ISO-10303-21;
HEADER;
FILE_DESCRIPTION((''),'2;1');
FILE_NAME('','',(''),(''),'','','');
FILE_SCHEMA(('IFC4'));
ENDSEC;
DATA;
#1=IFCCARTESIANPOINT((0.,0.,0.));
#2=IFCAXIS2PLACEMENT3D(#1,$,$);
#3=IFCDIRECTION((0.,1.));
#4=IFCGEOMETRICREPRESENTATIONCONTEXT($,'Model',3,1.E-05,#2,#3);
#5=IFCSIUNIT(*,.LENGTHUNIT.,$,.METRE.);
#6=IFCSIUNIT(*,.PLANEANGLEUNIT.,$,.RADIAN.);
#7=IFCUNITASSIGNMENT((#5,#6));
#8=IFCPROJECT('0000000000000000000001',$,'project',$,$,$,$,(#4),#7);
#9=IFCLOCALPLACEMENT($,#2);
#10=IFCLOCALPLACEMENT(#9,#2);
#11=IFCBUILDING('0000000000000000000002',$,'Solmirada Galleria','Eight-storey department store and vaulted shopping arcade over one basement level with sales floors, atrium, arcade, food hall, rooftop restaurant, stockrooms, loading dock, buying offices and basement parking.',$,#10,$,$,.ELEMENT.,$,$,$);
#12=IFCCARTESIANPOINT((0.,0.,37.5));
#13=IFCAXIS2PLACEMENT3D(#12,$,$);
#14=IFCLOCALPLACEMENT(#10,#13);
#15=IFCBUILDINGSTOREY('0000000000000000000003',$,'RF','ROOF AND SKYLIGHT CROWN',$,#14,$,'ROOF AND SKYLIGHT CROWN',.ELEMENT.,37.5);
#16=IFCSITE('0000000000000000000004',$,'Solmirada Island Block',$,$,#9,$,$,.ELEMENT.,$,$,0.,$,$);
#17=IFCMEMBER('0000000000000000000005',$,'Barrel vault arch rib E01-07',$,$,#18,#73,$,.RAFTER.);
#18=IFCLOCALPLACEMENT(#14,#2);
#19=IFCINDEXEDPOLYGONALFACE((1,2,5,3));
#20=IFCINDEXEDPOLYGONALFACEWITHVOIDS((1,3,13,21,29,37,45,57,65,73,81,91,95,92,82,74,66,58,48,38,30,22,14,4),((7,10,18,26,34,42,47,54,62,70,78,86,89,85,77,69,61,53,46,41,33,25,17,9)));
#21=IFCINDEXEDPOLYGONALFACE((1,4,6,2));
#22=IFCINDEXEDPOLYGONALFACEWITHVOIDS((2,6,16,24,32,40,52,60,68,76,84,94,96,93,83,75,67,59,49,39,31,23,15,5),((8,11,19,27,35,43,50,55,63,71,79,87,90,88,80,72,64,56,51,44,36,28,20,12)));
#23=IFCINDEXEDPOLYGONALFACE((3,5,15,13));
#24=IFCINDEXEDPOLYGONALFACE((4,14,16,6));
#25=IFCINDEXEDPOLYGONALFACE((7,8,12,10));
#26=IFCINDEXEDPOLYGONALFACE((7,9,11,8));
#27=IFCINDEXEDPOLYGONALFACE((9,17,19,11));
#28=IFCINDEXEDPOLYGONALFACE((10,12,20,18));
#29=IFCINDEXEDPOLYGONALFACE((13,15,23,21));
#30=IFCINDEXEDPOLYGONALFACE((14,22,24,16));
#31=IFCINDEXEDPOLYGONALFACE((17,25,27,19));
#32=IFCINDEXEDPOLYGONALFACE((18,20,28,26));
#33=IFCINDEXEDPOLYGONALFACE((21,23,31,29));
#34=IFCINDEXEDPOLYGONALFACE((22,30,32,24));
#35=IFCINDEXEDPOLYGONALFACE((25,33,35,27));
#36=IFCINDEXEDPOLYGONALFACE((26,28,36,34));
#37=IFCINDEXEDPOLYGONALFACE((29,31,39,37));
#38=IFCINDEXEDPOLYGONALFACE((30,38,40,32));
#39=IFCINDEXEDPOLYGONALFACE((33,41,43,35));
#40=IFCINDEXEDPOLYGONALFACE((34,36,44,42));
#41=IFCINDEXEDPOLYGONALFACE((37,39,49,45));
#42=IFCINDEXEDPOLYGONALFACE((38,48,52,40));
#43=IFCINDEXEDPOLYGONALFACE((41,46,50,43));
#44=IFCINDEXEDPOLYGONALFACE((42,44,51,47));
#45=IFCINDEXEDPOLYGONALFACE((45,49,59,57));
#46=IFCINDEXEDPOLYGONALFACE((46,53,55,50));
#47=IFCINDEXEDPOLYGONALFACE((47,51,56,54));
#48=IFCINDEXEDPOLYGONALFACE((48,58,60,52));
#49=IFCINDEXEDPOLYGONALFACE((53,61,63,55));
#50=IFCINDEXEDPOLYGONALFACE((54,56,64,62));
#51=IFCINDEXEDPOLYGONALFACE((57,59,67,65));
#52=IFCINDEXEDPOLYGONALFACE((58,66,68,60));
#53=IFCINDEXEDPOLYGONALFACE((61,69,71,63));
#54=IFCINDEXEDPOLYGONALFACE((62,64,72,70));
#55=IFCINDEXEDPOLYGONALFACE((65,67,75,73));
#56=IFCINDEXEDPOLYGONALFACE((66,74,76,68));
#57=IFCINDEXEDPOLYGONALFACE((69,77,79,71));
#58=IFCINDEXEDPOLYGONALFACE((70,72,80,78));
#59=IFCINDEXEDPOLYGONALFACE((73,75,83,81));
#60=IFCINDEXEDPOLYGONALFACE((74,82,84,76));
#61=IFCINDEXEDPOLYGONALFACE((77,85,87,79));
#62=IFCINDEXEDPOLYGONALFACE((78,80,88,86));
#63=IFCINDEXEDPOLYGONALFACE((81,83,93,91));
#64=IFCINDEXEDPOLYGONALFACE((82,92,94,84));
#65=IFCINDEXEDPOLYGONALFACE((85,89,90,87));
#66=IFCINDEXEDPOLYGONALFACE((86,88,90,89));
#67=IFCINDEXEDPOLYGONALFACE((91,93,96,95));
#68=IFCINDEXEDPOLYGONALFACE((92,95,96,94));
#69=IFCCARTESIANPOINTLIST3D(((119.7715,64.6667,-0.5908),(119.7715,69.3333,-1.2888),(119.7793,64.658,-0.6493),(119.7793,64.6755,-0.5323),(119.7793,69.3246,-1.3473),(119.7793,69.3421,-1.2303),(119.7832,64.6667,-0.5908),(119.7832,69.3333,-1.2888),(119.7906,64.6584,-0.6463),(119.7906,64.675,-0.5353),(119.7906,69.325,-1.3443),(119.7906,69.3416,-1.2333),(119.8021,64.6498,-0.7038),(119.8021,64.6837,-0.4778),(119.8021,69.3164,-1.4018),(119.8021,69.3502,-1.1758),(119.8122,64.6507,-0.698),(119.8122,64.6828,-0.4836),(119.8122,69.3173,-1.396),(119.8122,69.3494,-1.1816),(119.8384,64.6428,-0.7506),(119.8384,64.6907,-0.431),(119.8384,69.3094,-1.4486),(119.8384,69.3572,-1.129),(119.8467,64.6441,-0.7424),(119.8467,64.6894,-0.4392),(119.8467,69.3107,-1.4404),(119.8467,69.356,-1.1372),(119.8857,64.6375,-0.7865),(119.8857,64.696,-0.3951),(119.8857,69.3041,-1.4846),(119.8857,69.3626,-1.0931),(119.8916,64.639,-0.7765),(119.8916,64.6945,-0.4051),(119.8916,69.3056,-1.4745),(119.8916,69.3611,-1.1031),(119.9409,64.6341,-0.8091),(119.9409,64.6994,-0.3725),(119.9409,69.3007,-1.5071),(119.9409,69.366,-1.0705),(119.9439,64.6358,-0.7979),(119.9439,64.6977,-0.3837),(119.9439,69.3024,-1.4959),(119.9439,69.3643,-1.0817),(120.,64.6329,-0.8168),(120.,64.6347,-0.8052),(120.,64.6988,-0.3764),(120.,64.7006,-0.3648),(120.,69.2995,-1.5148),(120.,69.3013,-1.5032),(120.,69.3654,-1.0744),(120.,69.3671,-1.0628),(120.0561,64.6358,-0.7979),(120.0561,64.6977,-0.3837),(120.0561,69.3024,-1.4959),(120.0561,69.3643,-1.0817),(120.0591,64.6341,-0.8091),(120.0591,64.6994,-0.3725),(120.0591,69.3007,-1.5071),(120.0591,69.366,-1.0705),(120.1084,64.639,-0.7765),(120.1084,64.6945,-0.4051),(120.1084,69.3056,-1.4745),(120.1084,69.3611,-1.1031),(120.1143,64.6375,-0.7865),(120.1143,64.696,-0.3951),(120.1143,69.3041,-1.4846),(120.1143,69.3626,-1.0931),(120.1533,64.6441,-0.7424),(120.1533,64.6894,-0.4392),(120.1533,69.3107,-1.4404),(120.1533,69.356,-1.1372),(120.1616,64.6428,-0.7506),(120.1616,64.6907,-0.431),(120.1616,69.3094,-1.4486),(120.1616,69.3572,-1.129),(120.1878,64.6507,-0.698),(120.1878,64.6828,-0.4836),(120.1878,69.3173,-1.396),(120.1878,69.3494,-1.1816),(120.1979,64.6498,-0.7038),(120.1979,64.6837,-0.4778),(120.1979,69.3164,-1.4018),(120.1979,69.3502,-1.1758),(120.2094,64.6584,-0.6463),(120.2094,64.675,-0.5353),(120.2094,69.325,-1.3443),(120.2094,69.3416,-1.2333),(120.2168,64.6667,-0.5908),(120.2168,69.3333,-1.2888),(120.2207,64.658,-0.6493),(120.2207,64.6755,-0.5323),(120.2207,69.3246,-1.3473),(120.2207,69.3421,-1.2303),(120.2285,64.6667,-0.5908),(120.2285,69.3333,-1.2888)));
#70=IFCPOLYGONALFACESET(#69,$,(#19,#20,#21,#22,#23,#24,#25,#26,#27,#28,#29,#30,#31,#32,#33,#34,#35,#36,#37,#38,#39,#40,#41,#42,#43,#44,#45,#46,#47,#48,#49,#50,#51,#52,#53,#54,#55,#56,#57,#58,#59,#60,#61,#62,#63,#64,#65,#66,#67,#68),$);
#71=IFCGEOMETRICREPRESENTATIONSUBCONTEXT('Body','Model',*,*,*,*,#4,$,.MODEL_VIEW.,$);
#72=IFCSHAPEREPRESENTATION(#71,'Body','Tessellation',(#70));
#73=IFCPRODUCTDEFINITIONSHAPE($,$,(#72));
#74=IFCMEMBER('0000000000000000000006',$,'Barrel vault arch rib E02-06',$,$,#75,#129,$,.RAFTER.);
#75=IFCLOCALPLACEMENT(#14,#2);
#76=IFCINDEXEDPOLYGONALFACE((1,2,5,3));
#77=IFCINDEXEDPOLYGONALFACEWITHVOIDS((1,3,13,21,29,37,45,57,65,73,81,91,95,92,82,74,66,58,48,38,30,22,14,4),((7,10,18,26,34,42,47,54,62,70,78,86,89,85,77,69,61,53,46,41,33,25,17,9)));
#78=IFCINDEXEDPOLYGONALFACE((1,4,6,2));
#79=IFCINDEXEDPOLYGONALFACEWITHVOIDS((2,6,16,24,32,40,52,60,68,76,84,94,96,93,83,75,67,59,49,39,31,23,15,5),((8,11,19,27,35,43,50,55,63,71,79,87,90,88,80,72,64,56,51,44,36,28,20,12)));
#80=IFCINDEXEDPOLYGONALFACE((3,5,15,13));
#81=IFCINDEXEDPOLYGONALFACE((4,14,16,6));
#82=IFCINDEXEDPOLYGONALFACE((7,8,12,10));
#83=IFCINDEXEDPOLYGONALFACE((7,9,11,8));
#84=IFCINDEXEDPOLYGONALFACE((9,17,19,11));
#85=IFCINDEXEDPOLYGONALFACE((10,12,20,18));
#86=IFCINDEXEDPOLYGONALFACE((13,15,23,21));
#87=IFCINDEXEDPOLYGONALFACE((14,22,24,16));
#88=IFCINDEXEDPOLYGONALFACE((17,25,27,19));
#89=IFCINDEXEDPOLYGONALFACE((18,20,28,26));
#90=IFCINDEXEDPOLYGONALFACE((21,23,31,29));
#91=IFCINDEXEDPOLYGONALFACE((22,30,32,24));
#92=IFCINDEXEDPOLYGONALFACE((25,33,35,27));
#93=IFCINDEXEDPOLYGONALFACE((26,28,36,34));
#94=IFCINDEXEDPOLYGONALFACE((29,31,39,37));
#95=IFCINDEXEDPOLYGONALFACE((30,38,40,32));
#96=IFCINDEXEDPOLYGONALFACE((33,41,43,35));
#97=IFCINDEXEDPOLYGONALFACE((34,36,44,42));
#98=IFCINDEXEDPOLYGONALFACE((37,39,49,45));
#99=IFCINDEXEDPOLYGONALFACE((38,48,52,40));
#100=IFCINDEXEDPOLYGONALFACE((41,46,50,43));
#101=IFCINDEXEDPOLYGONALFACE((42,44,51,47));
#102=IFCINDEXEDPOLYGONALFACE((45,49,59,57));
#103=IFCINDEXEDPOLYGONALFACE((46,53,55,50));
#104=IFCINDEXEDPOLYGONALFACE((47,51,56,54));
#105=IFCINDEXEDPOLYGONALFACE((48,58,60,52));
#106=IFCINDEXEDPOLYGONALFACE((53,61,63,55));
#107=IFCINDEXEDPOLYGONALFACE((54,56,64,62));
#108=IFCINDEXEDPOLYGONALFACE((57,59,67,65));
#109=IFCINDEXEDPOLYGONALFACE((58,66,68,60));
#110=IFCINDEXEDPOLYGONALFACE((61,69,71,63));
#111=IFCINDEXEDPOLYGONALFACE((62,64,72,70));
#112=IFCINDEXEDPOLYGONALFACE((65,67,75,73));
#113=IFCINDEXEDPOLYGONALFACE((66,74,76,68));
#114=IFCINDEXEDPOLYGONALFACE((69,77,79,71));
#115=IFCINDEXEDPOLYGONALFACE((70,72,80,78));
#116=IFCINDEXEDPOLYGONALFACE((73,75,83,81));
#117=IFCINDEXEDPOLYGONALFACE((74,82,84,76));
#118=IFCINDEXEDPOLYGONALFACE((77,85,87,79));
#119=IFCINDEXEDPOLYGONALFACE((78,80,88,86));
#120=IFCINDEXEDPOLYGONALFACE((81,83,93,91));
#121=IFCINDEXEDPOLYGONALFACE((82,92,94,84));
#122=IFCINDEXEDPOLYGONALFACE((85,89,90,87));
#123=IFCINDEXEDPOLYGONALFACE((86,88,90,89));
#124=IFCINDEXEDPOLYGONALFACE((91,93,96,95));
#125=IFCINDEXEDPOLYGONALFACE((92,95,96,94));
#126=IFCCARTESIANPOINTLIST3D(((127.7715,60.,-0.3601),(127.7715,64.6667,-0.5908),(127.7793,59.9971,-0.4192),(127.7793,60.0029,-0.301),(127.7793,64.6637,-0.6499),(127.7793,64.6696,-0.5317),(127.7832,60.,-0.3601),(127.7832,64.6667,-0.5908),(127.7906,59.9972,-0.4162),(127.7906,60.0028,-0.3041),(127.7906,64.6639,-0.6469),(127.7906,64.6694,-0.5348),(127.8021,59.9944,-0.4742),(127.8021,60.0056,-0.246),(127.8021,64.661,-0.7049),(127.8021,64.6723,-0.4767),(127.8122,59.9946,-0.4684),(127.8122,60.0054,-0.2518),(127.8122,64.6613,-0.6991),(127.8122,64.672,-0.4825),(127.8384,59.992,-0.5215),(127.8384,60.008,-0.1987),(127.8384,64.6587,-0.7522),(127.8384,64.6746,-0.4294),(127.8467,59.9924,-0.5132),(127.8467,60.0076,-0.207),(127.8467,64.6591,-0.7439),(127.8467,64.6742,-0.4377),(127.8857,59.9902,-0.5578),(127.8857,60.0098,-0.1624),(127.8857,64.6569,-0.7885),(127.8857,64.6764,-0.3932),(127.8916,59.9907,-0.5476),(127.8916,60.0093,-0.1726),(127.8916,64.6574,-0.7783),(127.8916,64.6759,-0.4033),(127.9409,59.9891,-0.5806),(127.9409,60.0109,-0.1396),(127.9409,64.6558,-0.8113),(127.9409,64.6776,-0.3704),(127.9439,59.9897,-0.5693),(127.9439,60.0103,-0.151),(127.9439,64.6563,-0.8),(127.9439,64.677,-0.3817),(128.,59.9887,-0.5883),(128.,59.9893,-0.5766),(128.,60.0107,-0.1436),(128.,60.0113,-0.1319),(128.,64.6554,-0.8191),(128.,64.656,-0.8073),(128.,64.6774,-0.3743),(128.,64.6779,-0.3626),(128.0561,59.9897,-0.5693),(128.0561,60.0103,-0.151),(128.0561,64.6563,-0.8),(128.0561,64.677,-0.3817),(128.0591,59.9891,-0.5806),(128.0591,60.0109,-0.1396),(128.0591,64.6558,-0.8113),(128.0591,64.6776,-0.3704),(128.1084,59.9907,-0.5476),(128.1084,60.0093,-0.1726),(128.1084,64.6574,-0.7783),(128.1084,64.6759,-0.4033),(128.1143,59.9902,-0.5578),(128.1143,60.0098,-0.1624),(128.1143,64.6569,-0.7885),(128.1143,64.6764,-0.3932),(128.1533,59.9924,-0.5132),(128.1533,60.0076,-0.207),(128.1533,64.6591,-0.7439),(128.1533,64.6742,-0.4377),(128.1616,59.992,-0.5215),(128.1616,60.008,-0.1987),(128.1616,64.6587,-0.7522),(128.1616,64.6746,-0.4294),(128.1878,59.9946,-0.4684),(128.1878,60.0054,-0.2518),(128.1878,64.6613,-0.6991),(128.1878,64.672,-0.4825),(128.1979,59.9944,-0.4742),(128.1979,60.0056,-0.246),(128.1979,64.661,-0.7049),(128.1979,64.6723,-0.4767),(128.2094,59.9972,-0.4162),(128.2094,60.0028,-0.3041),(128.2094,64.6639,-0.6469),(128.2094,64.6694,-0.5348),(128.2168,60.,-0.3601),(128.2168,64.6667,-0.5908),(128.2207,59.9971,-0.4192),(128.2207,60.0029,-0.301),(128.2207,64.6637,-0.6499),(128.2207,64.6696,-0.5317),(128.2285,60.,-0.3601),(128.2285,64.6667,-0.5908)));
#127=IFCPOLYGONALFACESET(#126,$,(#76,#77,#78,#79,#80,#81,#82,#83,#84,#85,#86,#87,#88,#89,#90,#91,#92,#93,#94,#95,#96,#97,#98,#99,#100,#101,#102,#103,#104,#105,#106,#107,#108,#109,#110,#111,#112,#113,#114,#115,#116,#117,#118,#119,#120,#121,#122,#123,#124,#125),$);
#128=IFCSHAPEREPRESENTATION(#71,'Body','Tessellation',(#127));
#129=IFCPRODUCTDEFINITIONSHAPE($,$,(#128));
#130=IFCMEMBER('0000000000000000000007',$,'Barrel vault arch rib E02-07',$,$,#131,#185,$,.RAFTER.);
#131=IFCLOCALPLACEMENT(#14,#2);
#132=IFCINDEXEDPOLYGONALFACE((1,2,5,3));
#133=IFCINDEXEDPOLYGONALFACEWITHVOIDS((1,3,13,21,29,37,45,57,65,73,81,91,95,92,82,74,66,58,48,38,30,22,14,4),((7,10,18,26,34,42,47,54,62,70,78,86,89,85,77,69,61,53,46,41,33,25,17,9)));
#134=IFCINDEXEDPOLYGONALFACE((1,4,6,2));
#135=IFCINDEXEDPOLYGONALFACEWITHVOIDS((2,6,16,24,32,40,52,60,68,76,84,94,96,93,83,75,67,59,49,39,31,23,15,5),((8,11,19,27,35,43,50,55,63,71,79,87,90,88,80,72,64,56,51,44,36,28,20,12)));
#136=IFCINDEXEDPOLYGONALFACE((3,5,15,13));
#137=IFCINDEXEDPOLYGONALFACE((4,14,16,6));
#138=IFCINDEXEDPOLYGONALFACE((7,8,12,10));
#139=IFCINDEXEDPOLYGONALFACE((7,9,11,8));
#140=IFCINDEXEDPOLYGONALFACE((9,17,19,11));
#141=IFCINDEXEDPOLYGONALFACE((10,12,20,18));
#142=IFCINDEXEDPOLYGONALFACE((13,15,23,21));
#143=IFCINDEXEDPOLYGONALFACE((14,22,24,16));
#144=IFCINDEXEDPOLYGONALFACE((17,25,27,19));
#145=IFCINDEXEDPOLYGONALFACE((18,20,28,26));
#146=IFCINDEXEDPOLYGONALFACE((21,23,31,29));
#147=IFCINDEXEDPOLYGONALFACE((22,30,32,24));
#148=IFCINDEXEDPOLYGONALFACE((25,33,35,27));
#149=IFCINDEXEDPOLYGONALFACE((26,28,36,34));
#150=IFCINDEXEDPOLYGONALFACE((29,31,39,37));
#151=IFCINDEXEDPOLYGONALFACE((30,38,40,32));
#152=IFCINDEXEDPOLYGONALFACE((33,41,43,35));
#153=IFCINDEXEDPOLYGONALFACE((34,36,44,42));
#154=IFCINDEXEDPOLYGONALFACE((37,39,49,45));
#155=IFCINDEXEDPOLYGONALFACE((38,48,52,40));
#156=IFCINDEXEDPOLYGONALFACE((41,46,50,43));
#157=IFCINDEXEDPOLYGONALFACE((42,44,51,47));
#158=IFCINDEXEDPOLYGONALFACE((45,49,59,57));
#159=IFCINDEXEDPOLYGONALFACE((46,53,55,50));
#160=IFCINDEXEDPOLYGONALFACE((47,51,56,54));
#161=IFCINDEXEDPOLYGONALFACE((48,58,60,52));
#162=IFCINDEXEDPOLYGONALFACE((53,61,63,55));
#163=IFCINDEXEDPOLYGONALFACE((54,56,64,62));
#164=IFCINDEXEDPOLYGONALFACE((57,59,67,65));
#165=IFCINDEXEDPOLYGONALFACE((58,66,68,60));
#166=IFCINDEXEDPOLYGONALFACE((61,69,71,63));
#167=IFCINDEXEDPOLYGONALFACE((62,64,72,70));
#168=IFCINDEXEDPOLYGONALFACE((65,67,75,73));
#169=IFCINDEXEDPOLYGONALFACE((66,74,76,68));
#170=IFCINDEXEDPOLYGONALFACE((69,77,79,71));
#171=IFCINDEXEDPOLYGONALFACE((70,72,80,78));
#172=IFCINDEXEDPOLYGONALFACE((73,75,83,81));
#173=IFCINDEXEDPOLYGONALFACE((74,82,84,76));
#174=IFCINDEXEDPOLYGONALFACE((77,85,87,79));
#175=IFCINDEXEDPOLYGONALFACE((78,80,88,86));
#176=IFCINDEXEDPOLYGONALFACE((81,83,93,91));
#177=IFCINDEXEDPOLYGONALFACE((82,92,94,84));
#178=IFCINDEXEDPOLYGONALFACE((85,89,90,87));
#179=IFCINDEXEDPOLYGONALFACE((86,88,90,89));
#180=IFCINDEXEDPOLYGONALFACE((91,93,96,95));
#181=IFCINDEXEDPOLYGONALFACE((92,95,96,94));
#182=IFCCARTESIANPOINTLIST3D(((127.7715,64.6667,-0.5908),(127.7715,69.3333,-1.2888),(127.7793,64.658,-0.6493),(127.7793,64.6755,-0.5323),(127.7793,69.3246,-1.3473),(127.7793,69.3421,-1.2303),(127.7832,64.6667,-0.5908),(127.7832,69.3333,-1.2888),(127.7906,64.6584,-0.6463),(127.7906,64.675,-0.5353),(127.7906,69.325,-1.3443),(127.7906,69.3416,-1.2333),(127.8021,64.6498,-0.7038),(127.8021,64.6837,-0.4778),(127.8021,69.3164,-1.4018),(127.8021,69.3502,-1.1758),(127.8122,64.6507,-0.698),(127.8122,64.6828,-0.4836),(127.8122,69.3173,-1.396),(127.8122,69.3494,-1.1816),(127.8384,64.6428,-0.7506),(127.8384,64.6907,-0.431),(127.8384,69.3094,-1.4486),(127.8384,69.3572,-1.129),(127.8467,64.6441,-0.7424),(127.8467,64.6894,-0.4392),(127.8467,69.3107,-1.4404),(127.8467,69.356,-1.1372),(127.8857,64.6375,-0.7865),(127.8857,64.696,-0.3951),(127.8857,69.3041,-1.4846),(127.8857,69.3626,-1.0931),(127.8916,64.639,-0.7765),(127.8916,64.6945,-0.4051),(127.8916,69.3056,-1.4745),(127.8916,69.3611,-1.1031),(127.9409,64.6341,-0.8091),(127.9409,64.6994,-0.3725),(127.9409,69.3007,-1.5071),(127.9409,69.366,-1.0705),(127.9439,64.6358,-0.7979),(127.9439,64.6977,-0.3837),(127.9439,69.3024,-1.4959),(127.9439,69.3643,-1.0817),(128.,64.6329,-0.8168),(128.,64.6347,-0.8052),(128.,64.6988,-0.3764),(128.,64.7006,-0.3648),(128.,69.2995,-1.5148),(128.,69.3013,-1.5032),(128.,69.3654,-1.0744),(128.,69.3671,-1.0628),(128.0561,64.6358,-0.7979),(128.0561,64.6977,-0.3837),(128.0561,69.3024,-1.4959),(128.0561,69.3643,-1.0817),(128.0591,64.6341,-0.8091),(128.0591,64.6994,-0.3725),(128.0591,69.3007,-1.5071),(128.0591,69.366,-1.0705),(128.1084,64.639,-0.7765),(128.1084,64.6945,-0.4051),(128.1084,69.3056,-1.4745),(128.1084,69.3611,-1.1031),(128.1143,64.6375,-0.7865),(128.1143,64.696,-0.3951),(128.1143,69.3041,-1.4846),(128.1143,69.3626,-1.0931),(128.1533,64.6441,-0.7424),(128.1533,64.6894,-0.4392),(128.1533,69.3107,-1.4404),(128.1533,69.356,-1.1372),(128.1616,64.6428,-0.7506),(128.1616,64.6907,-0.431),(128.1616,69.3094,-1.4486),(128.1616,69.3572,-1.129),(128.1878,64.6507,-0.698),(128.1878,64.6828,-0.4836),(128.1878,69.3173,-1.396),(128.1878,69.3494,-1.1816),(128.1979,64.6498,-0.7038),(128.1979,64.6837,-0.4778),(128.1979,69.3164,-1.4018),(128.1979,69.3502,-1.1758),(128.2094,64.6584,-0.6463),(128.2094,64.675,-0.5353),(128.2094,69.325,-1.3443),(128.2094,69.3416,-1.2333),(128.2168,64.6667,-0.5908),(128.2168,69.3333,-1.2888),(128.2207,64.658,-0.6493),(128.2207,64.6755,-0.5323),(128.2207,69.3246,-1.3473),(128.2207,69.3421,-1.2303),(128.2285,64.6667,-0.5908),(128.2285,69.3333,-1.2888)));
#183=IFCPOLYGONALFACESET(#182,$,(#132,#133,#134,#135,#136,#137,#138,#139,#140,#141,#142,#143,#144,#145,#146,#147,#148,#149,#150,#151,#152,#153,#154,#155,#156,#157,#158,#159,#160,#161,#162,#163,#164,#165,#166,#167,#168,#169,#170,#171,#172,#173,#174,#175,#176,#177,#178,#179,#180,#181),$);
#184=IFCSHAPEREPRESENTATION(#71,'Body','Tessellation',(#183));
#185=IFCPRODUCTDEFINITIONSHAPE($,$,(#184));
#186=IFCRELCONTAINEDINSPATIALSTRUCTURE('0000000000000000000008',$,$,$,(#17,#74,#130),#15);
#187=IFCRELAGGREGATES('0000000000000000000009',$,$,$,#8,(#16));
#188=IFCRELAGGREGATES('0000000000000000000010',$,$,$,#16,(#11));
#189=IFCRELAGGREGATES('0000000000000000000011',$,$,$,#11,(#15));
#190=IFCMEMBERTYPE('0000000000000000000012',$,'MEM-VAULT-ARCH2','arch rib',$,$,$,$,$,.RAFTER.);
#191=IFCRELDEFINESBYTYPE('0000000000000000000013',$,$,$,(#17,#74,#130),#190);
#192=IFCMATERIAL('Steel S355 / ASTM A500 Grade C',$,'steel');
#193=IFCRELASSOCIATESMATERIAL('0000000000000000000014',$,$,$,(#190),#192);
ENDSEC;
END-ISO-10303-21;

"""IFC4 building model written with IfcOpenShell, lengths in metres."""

from ifc_helpers import new_model, si_unit, direction, frame, origin, origin_2d, place, context, subcontext, project, spatial, hollow_circle, extrude, material, material_profile, profile_set, type_object, element, save


model = new_model("IFC4")

# Units and contexts
model_context = context("Model", 3, precision=1e-05, world=origin(), true_north=direction((0.0, 1.0)))
body_context = subcontext(model_context, "Body", "Model", "MODEL_VIEW")
ifc_project = project(units=[si_unit("LENGTHUNIT", "METRE"), si_unit("PLANEANGLEUNIT", "RADIAN")], contexts=[model_context])

# Site, building, storey
site_placement = place(None, origin())
site = spatial("IfcSite", under=ifc_project, at=site_placement, Name="Solmirada Island Block", CompositionType="ELEMENT", RefElevation=0.0)
building_placement = place(site_placement, origin())
building = spatial("IfcBuilding", under=site, at=building_placement, Name="Solmirada Galleria", Description="Eight-storey department store and vaulted shopping arcade over one basement level with sales floors, atrium, arcade, food hall, rooftop restaurant, stockrooms, loading dock, buying offices and basement parking.", CompositionType="ELEMENT")
storey_placement = place(building_placement, frame((0.0, 0.0, 37.5)))
storey = spatial("IfcBuildingStorey", under=building, at=storey_placement, Name="RF", Description="ROOF AND SKYLIGHT CROWN", LongName="ROOF AND SKYLIGHT CROWN", CompositionType="ELEMENT", Elevation=37.5)

# Members
ifc_material_1 = material(Name="Steel S355 / ASTM A500 Grade C", Category="steel")
ifc_material_profile_1 = material_profile(ifc_material_1, hollow_circle(Radius=0.2285, WallThickness=0.0117, at=origin_2d()), Name="HSS18.000X0.500")
ifc_profile_set_1 = profile_set([ifc_material_profile_1], Name="Steel S355 / ASTM A500 Grade C")
member_type_1 = type_object("IfcMemberType", Name="MEM-VAULT-ARCH2", Description="arch rib", PredefinedType="RAFTER", material=ifc_profile_set_1)
member_1_placement = place(storey_placement, frame((120.0, 64.6667, -0.5908), z_axis=(0.0, 0.988998, -0.147931), x_axis=(-1.0, 0.0, 0.0)))
element("IfcMember", 1, at=member_1_placement, inside=storey, type_object=member_type_1, Name="Barrel vault arch rib E01-07", PredefinedType="RAFTER", context=body_context, shape_type="SweptSolid", body=[
    extrude(hollow_circle(Radius=0.2285, WallThickness=0.0117, at=origin_2d()), origin(), (0.0, 0.0, 1.0), 4.7185),
])
member_2_placement = place(storey_placement, frame((128.0, 60.0, -0.3601), z_axis=(0.0, 0.99878, -0.049377), x_axis=(-1.0, 0.0, 0.0)))
element("IfcMember", 2, at=member_2_placement, inside=storey, type_object=member_type_1, Name="Barrel vault arch rib E02-06", PredefinedType="RAFTER", context=body_context, shape_type="SweptSolid", body=[
    extrude(hollow_circle(Radius=0.2285, WallThickness=0.0117, at=origin_2d()), origin(), (0.0, 0.0, 1.0), 4.6724),
])
member_3_placement = place(storey_placement, frame((128.0, 64.6667, -0.5908), z_axis=(0.0, 0.988998, -0.147931), x_axis=(-1.0, 0.0, 0.0)))
element("IfcMember", 3, at=member_3_placement, inside=storey, type_object=member_type_1, Name="Barrel vault arch rib E02-07", PredefinedType="RAFTER", context=body_context, shape_type="SweptSolid", body=[
    extrude(hollow_circle(Radius=0.2285, WallThickness=0.0117, at=origin_2d()), origin(), (0.0, 0.0, 1.0), 4.7185),
])

save(model, "model.ifc")
